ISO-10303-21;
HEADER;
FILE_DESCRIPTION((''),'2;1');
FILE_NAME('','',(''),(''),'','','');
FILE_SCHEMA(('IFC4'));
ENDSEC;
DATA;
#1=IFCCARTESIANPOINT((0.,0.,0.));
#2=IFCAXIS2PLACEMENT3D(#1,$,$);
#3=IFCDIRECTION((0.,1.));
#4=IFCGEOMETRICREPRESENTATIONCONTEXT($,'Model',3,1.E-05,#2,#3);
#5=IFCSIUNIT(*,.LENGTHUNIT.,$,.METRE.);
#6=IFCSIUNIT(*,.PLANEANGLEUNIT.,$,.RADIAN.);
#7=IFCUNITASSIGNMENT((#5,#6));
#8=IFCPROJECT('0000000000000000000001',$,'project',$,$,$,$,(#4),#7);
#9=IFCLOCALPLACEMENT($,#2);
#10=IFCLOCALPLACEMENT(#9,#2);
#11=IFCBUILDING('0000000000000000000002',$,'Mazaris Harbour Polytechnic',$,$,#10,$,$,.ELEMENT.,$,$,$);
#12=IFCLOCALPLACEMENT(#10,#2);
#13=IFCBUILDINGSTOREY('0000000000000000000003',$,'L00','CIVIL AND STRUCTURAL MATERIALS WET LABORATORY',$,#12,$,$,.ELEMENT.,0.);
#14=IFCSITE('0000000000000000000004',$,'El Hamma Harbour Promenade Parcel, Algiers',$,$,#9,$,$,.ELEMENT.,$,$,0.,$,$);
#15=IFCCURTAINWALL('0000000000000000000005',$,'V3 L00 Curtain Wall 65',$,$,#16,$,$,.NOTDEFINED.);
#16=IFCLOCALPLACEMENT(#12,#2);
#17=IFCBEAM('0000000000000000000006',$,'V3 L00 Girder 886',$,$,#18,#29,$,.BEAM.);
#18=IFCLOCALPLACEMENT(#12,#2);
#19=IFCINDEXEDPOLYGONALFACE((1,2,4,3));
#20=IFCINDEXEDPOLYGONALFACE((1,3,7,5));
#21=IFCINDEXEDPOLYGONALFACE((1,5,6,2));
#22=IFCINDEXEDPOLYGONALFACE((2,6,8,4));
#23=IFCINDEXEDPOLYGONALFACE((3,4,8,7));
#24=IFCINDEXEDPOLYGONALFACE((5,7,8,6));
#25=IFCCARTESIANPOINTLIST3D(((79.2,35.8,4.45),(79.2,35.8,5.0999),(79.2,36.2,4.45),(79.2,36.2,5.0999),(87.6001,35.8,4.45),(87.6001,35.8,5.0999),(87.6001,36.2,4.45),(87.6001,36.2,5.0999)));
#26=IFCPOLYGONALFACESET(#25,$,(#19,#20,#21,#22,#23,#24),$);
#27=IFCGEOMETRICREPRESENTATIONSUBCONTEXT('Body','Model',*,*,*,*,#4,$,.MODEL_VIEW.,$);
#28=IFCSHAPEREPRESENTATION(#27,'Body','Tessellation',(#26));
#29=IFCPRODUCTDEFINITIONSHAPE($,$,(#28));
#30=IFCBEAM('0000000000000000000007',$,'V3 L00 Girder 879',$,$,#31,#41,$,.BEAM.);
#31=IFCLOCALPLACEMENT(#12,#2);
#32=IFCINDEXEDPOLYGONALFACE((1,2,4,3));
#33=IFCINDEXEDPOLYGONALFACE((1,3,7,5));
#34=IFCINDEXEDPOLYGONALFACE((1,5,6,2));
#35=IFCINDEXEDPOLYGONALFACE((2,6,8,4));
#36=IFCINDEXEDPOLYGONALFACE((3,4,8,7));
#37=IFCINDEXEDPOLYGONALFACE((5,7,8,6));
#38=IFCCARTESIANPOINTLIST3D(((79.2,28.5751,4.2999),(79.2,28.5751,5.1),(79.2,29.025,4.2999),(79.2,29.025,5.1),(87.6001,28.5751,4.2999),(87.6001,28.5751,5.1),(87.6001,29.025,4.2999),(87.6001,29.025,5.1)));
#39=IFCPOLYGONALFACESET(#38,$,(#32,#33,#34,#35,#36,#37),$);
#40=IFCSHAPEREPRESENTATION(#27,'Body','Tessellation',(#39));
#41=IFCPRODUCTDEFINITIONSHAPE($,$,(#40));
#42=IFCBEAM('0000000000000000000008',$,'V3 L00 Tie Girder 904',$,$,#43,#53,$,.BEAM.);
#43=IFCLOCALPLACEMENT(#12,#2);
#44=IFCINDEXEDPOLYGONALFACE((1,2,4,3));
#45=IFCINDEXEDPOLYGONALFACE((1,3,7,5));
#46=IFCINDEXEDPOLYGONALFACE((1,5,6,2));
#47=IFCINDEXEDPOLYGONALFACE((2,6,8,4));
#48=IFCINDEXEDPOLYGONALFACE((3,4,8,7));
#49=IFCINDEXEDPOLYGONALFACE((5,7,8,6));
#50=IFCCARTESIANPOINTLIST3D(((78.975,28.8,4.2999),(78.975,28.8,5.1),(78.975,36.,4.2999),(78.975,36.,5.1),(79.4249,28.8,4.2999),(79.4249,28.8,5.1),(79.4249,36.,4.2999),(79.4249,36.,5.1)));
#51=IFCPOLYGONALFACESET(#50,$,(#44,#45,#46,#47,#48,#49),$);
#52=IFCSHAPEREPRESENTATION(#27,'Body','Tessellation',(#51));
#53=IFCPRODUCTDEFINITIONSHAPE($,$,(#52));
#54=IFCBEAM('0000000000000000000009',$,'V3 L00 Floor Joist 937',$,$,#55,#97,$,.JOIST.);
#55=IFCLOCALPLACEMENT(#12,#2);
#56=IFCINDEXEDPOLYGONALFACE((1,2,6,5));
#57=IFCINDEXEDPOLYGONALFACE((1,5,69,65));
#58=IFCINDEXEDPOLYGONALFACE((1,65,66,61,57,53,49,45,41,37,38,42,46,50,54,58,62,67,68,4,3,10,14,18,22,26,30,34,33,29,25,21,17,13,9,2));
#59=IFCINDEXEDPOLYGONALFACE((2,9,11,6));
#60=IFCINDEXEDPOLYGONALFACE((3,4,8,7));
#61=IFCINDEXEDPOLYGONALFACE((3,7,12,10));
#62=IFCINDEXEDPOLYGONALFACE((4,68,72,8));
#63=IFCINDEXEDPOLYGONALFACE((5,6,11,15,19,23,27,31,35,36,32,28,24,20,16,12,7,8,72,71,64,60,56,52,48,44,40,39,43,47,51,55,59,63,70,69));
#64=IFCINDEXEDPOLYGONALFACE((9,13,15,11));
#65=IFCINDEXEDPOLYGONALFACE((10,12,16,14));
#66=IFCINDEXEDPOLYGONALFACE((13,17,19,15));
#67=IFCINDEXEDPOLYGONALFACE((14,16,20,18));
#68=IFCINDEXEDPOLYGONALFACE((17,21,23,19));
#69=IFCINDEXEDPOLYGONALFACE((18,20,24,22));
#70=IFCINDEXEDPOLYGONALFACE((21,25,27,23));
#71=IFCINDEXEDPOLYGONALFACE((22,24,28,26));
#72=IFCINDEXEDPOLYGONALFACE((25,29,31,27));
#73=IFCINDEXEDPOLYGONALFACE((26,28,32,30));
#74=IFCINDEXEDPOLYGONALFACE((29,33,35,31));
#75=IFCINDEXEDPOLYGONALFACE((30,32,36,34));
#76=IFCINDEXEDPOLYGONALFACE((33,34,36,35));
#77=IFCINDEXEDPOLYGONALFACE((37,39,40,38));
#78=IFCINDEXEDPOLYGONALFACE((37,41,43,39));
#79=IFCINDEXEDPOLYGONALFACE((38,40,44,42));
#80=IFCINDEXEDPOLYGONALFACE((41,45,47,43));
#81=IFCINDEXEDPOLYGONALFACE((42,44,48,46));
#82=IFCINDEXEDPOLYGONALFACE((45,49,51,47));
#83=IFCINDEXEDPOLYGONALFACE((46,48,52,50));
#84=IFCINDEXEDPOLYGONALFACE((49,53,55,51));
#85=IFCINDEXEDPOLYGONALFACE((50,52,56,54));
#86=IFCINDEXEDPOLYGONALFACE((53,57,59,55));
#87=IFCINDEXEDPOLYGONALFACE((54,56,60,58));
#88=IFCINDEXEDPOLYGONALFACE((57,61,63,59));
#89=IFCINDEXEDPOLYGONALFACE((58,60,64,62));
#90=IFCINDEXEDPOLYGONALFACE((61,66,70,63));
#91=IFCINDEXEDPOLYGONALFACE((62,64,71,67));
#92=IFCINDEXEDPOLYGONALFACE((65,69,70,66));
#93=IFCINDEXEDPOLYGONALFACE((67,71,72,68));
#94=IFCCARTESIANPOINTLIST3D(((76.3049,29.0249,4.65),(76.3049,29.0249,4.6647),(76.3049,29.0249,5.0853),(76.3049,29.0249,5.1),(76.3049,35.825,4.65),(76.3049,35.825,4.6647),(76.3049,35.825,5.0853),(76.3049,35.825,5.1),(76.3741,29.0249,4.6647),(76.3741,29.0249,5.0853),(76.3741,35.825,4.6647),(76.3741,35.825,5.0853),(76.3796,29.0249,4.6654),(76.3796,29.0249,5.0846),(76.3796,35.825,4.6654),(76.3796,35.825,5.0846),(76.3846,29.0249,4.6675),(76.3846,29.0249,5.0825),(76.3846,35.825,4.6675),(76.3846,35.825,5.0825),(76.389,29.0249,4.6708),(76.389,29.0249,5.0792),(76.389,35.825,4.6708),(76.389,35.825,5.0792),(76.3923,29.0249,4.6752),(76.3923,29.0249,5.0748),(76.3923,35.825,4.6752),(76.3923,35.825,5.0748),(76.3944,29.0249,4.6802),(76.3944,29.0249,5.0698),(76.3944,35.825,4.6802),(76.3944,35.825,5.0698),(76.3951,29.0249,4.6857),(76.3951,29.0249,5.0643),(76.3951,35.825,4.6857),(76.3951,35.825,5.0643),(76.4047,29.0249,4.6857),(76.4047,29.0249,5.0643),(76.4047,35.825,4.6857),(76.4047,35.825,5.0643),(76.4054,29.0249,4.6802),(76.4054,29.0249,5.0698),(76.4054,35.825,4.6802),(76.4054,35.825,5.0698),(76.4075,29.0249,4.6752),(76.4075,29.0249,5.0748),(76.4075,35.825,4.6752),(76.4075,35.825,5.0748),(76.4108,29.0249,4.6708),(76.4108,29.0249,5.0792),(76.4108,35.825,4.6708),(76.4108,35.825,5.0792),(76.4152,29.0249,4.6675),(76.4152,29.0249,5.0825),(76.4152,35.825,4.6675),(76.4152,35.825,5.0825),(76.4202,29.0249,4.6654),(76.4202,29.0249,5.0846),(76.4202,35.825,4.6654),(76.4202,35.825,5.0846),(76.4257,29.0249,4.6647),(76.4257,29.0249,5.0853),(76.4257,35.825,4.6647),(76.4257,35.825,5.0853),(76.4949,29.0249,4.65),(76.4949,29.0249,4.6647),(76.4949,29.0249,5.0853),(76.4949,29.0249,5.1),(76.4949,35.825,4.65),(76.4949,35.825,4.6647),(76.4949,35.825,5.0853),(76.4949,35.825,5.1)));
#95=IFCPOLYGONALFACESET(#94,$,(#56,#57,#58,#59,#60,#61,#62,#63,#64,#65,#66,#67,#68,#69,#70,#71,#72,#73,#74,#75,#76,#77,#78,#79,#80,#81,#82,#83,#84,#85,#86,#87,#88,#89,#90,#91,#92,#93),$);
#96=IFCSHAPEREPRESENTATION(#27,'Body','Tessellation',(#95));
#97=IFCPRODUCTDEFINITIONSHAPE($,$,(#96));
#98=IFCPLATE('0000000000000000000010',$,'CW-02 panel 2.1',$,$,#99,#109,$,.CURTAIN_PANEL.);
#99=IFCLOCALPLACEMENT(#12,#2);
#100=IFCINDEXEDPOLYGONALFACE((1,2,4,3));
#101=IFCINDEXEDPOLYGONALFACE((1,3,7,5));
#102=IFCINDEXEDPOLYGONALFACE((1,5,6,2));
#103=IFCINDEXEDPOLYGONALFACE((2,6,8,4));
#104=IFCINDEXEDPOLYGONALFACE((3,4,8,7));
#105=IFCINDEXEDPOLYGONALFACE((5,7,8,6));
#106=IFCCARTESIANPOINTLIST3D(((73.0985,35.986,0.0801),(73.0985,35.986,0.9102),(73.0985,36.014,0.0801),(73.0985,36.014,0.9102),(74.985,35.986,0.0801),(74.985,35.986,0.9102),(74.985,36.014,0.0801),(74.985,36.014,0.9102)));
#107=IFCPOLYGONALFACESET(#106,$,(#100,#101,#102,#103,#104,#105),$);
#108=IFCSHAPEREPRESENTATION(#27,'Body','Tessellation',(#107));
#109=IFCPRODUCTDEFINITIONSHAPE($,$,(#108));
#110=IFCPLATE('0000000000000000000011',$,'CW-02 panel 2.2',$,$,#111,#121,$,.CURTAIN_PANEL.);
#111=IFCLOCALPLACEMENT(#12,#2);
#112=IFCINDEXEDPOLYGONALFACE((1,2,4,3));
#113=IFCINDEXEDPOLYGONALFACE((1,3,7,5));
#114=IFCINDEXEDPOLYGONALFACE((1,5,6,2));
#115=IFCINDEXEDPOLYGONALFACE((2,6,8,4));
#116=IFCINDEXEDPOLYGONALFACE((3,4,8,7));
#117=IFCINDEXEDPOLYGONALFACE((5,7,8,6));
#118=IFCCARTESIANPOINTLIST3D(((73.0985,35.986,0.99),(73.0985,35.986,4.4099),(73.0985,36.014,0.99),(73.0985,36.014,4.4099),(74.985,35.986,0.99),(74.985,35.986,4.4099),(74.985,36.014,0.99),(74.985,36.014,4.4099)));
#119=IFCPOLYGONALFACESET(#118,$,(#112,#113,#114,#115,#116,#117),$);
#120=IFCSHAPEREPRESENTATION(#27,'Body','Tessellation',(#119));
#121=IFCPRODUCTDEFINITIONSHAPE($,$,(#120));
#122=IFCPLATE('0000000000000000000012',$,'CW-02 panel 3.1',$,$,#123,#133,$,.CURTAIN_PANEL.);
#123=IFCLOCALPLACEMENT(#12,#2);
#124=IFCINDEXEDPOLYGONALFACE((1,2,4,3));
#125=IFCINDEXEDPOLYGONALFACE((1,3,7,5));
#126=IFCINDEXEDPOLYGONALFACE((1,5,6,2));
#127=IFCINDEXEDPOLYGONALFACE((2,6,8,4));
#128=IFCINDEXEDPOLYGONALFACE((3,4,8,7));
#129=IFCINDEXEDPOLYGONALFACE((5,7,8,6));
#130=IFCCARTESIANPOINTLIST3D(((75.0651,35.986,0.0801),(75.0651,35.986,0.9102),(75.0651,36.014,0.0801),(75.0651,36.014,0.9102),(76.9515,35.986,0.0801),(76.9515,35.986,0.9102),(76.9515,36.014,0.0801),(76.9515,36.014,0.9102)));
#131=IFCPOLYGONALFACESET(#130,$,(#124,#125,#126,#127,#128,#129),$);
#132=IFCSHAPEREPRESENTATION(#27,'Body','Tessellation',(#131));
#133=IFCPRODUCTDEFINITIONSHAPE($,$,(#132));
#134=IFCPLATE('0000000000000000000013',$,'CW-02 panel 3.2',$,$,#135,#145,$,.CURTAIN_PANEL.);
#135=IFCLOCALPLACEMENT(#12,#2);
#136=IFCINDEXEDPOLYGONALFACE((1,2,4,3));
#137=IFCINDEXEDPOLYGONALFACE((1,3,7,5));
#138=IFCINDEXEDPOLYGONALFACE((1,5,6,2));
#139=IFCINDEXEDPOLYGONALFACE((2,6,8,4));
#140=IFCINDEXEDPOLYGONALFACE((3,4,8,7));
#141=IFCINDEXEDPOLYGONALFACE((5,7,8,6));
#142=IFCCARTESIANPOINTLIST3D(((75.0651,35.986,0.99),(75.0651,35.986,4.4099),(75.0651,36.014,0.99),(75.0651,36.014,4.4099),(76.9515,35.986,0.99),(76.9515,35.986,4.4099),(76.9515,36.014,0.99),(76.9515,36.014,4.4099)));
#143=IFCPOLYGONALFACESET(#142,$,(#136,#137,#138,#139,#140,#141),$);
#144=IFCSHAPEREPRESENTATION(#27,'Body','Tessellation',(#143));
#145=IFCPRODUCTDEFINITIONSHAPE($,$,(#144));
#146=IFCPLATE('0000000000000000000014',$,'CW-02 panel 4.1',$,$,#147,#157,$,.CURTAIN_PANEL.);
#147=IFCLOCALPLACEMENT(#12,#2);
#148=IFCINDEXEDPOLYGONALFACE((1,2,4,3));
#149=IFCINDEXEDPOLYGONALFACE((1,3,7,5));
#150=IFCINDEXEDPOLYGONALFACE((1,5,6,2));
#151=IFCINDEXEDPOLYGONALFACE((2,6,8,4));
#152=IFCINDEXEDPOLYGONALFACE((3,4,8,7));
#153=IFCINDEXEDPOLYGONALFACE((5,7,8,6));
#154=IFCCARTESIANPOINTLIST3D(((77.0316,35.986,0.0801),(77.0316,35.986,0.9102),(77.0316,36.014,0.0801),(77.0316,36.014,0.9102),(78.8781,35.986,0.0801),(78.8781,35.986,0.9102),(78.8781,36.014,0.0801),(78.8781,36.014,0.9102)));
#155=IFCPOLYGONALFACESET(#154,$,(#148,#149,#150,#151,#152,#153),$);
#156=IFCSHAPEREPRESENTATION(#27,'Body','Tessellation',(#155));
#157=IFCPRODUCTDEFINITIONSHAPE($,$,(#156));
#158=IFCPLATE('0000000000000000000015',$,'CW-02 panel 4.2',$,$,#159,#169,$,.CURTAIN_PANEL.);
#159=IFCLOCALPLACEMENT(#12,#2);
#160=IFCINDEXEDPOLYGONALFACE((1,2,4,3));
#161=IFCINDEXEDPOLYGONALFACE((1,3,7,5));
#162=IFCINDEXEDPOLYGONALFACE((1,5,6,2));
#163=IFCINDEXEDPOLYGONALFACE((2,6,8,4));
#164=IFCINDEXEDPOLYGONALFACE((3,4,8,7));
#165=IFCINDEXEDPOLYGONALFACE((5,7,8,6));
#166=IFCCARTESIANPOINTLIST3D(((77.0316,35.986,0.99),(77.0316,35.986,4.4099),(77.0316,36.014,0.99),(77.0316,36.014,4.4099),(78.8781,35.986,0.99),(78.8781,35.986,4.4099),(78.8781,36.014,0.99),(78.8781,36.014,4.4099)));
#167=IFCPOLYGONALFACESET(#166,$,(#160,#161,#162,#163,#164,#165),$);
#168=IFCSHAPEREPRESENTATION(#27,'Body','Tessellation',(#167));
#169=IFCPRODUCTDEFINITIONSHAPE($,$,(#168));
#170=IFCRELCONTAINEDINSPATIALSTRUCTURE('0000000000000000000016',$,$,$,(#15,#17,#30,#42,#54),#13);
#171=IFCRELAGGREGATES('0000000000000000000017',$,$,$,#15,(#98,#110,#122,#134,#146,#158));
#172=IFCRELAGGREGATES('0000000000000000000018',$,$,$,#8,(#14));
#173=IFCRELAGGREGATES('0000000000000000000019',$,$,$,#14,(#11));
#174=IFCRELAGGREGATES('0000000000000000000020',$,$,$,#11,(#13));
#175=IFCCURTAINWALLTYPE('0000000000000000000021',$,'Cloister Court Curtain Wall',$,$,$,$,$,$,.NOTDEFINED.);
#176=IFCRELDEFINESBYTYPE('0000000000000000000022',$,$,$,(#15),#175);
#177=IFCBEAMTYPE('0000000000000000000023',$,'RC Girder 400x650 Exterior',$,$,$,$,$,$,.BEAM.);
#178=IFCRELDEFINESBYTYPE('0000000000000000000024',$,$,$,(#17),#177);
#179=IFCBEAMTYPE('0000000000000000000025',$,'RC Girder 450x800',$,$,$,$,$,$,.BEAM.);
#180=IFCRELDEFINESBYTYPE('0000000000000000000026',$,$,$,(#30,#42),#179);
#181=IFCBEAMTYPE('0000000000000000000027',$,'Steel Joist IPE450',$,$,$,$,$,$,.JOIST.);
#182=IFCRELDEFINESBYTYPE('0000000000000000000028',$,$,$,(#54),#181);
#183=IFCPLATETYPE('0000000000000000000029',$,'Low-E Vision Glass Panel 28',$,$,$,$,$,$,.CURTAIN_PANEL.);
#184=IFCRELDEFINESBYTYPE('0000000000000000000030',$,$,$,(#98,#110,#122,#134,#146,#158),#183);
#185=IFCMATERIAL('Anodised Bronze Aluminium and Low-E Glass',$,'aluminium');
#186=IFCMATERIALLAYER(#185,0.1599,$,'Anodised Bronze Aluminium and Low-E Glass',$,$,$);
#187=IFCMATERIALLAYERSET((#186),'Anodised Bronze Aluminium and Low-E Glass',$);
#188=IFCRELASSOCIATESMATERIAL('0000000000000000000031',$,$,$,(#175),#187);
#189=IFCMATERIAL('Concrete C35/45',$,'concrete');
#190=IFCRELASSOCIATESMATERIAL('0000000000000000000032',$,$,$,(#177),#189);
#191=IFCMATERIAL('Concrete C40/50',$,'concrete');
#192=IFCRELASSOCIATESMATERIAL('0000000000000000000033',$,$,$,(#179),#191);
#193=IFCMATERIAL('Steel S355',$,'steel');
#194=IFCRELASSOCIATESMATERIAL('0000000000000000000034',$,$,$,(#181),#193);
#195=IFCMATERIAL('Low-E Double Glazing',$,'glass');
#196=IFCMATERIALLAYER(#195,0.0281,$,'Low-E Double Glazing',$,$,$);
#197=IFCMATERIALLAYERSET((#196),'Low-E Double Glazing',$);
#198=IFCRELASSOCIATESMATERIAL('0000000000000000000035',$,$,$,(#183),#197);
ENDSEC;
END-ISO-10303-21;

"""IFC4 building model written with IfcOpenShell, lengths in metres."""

from ifc_helpers import new_model, si_unit, direction, frame, origin, origin_2d, place, context, subcontext, project, spatial, rectangle, i_section, extrude, material, layer, layer_set, material_profile, profile_set, type_object, element, aggregate, save


model = new_model("IFC4")

# Units and contexts
model_context = context("Model", 3, precision=1e-05, world=origin(), true_north=direction((0.0, 1.0)))
body_context = subcontext(model_context, "Body", "Model", "MODEL_VIEW")
ifc_project = project(units=[si_unit("LENGTHUNIT", "METRE"), si_unit("PLANEANGLEUNIT", "RADIAN")], contexts=[model_context])

# Site, building, storey
site_placement = place(None, origin())
site = spatial("IfcSite", under=ifc_project, at=site_placement, Name="El Hamma Harbour Promenade Parcel, Algiers", CompositionType="ELEMENT", RefElevation=0.0)
building_placement = place(site_placement, origin())
building = spatial("IfcBuilding", under=site, at=building_placement, Name="Mazaris Harbour Polytechnic", CompositionType="ELEMENT")
storey_placement = place(building_placement, origin())
storey = spatial("IfcBuildingStorey", under=building, at=storey_placement, Name="L00", Description="CIVIL AND STRUCTURAL MATERIALS WET LABORATORY", CompositionType="ELEMENT", Elevation=0.0)

# Curtain wall
ifc_material_1 = material(Name="Anodised Bronze Aluminium and Low-E Glass", Category="aluminium")
ifc_layer_1 = layer(ifc_material_1, 0.1599, Name="Anodised Bronze Aluminium and Low-E Glass")
ifc_layer_set_1 = layer_set([ifc_layer_1], Name="Anodised Bronze Aluminium and Low-E Glass")
curtain_wall_type = type_object("IfcCurtainWallType", Name="Cloister Court Curtain Wall", PredefinedType="NOTDEFINED", material=ifc_layer_set_1)
curtain_wall_placement = place(storey_placement, origin())
curtain_wall = element("IfcCurtainWall", 1, at=curtain_wall_placement, inside=storey, type_object=curtain_wall_type, Name="V3 L00 Curtain Wall 65", PredefinedType="NOTDEFINED")

# Beams
ifc_material_2 = material(Name="Concrete C35/45", Category="concrete")
ifc_material_profile_1 = material_profile(ifc_material_2, rectangle(XDim=0.3999, YDim=0.6499, at=origin_2d()), Name="RECT400x650")
ifc_profile_set_1 = profile_set([ifc_material_profile_1], Name="Concrete C35/45")
beam_type_1 = type_object("IfcBeamType", Name="RC Girder 400x650 Exterior", PredefinedType="BEAM", material=ifc_profile_set_1)
beam_1_placement = place(storey_placement, frame((79.2, 36.0, 4.7749), z_axis=(1.0, 0.0, 0.0), x_axis=(0.0, 1.0, 0.0)))
element("IfcBeam", 2, at=beam_1_placement, inside=storey, type_object=beam_type_1, Name="V3 L00 Girder 886", PredefinedType="BEAM", context=body_context, shape_type="SweptSolid", body=[
    extrude(rectangle(XDim=0.3999, YDim=0.6499, at=origin_2d()), origin(), (0.0, 0.0, 1.0), 8.4001),
])
ifc_material_3 = material(Name="Concrete C40/50", Category="concrete")
ifc_material_profile_2 = material_profile(ifc_material_3, rectangle(XDim=0.45, YDim=0.8, at=origin_2d()), Name="RECT450x800")
ifc_profile_set_2 = profile_set([ifc_material_profile_2], Name="Concrete C40/50")
beam_type_2 = type_object("IfcBeamType", Name="RC Girder 450x800", PredefinedType="BEAM", material=ifc_profile_set_2)
beam_2_placement = place(storey_placement, frame((79.2, 28.8, 4.7), z_axis=(1.0, 0.0, 0.0), x_axis=(0.0, 1.0, 0.0)))
element("IfcBeam", 3, at=beam_2_placement, inside=storey, type_object=beam_type_2, Name="V3 L00 Girder 879", PredefinedType="BEAM", context=body_context, shape_type="SweptSolid", body=[
    extrude(rectangle(XDim=0.45, YDim=0.8, at=origin_2d()), origin(), (0.0, 0.0, 1.0), 8.4001),
])
beam_3_placement = place(storey_placement, frame((79.2, 28.8, 4.7), z_axis=(0.0, 1.0, 0.0), x_axis=(-1.0, 0.0, 0.0)))
element("IfcBeam", 4, at=beam_3_placement, inside=storey, type_object=beam_type_2, Name="V3 L00 Tie Girder 904", PredefinedType="BEAM", context=body_context, shape_type="SweptSolid", body=[
    extrude(rectangle(XDim=0.45, YDim=0.8, at=origin_2d()), origin(), (0.0, 0.0, 1.0), 7.2),
])
ifc_material_4 = material(Name="Steel S355", Category="steel")
ifc_material_profile_3 = material_profile(ifc_material_4, i_section(OverallWidth=0.1899, OverallDepth=0.45, WebThickness=0.0095, FlangeThickness=0.0146, FilletRadius=0.021, at=origin_2d()), Name="IPE 450")
ifc_profile_set_3 = profile_set([ifc_material_profile_3], Name="Steel S355")
beam_type_3 = type_object("IfcBeamType", Name="Steel Joist IPE450", PredefinedType="JOIST", material=ifc_profile_set_3)
beam_4_placement = place(storey_placement, frame((76.3999, 29.0249, 4.875), z_axis=(0.0, 1.0, 0.0), x_axis=(-1.0, 0.0, 0.0)))
element("IfcBeam", 5, at=beam_4_placement, inside=storey, type_object=beam_type_3, Name="V3 L00 Floor Joist 937", PredefinedType="JOIST", context=body_context, shape_type="SweptSolid", body=[
    extrude(i_section(OverallWidth=0.1899, OverallDepth=0.45, WebThickness=0.0095, FlangeThickness=0.0146, FilletRadius=0.021, at=origin_2d()), origin(), (0.0, 0.0, 1.0), 6.8),
])

# Plates
ifc_material_5 = material(Name="Low-E Double Glazing", Category="glass")
ifc_layer_2 = layer(ifc_material_5, 0.0281, Name="Low-E Double Glazing")
ifc_layer_set_2 = layer_set([ifc_layer_2], Name="Low-E Double Glazing")
plate_type = type_object("IfcPlateType", Name="Low-E Vision Glass Panel 28", PredefinedType="CURTAIN_PANEL", material=ifc_layer_set_2)
plate_1_placement = place(storey_placement, frame((74.0417, 36.0, 0.0801), z_axis=(0.0, 0.0, 1.0), x_axis=(1.0, 0.0, 0.0)))
plate_1 = element("IfcPlate", 6, at=plate_1_placement, type_object=plate_type, Name="CW-02 panel 2.1", PredefinedType="CURTAIN_PANEL", context=body_context, shape_type="SweptSolid", body=[
    extrude(rectangle(XDim=1.8865, YDim=0.0281, at=origin_2d()), origin(), (0.0, 0.0, 1.0), 0.8301),
])
plate_2_placement = place(storey_placement, frame((74.0417, 36.0, 0.99), z_axis=(0.0, 0.0, 1.0), x_axis=(1.0, 0.0, 0.0)))
plate_2 = element("IfcPlate", 7, at=plate_2_placement, type_object=plate_type, Name="CW-02 panel 2.2", PredefinedType="CURTAIN_PANEL", context=body_context, shape_type="SweptSolid", body=[
    extrude(rectangle(XDim=1.8865, YDim=0.0281, at=origin_2d()), origin(), (0.0, 0.0, 1.0), 3.4199),
])
plate_3_placement = place(storey_placement, frame((76.0083, 36.0, 0.0801), z_axis=(0.0, 0.0, 1.0), x_axis=(1.0, 0.0, 0.0)))
plate_3 = element("IfcPlate", 8, at=plate_3_placement, type_object=plate_type, Name="CW-02 panel 3.1", PredefinedType="CURTAIN_PANEL", context=body_context, shape_type="SweptSolid", body=[
    extrude(rectangle(XDim=1.8865, YDim=0.0281, at=origin_2d()), origin(), (0.0, 0.0, 1.0), 0.8301),
])
plate_4_placement = place(storey_placement, frame((76.0083, 36.0, 0.99), z_axis=(0.0, 0.0, 1.0), x_axis=(1.0, 0.0, 0.0)))
plate_4 = element("IfcPlate", 9, at=plate_4_placement, type_object=plate_type, Name="CW-02 panel 3.2", PredefinedType="CURTAIN_PANEL", context=body_context, shape_type="SweptSolid", body=[
    extrude(rectangle(XDim=1.8865, YDim=0.0281, at=origin_2d()), origin(), (0.0, 0.0, 1.0), 3.4199),
])
plate_5_placement = place(storey_placement, frame((77.9548, 36.0, 0.0801), z_axis=(0.0, 0.0, 1.0), x_axis=(1.0, 0.0, 0.0)))
plate_5 = element("IfcPlate", 10, at=plate_5_placement, type_object=plate_type, Name="CW-02 panel 4.1", PredefinedType="CURTAIN_PANEL", context=body_context, shape_type="SweptSolid", body=[
    extrude(rectangle(XDim=1.8464, YDim=0.0281, at=origin_2d()), origin(), (0.0, 0.0, 1.0), 0.8301),
])
plate_6_placement = place(storey_placement, frame((77.9548, 36.0, 0.99), z_axis=(0.0, 0.0, 1.0), x_axis=(1.0, 0.0, 0.0)))
plate_6 = element("IfcPlate", 11, at=plate_6_placement, type_object=plate_type, Name="CW-02 panel 4.2", PredefinedType="CURTAIN_PANEL", context=body_context, shape_type="SweptSolid", body=[
    extrude(rectangle(XDim=1.8464, YDim=0.0281, at=origin_2d()), origin(), (0.0, 0.0, 1.0), 3.4199),
])
aggregate(curtain_wall, [plate_1, plate_2, plate_3, plate_4, plate_5, plate_6])

save(model, "model.ifc")
